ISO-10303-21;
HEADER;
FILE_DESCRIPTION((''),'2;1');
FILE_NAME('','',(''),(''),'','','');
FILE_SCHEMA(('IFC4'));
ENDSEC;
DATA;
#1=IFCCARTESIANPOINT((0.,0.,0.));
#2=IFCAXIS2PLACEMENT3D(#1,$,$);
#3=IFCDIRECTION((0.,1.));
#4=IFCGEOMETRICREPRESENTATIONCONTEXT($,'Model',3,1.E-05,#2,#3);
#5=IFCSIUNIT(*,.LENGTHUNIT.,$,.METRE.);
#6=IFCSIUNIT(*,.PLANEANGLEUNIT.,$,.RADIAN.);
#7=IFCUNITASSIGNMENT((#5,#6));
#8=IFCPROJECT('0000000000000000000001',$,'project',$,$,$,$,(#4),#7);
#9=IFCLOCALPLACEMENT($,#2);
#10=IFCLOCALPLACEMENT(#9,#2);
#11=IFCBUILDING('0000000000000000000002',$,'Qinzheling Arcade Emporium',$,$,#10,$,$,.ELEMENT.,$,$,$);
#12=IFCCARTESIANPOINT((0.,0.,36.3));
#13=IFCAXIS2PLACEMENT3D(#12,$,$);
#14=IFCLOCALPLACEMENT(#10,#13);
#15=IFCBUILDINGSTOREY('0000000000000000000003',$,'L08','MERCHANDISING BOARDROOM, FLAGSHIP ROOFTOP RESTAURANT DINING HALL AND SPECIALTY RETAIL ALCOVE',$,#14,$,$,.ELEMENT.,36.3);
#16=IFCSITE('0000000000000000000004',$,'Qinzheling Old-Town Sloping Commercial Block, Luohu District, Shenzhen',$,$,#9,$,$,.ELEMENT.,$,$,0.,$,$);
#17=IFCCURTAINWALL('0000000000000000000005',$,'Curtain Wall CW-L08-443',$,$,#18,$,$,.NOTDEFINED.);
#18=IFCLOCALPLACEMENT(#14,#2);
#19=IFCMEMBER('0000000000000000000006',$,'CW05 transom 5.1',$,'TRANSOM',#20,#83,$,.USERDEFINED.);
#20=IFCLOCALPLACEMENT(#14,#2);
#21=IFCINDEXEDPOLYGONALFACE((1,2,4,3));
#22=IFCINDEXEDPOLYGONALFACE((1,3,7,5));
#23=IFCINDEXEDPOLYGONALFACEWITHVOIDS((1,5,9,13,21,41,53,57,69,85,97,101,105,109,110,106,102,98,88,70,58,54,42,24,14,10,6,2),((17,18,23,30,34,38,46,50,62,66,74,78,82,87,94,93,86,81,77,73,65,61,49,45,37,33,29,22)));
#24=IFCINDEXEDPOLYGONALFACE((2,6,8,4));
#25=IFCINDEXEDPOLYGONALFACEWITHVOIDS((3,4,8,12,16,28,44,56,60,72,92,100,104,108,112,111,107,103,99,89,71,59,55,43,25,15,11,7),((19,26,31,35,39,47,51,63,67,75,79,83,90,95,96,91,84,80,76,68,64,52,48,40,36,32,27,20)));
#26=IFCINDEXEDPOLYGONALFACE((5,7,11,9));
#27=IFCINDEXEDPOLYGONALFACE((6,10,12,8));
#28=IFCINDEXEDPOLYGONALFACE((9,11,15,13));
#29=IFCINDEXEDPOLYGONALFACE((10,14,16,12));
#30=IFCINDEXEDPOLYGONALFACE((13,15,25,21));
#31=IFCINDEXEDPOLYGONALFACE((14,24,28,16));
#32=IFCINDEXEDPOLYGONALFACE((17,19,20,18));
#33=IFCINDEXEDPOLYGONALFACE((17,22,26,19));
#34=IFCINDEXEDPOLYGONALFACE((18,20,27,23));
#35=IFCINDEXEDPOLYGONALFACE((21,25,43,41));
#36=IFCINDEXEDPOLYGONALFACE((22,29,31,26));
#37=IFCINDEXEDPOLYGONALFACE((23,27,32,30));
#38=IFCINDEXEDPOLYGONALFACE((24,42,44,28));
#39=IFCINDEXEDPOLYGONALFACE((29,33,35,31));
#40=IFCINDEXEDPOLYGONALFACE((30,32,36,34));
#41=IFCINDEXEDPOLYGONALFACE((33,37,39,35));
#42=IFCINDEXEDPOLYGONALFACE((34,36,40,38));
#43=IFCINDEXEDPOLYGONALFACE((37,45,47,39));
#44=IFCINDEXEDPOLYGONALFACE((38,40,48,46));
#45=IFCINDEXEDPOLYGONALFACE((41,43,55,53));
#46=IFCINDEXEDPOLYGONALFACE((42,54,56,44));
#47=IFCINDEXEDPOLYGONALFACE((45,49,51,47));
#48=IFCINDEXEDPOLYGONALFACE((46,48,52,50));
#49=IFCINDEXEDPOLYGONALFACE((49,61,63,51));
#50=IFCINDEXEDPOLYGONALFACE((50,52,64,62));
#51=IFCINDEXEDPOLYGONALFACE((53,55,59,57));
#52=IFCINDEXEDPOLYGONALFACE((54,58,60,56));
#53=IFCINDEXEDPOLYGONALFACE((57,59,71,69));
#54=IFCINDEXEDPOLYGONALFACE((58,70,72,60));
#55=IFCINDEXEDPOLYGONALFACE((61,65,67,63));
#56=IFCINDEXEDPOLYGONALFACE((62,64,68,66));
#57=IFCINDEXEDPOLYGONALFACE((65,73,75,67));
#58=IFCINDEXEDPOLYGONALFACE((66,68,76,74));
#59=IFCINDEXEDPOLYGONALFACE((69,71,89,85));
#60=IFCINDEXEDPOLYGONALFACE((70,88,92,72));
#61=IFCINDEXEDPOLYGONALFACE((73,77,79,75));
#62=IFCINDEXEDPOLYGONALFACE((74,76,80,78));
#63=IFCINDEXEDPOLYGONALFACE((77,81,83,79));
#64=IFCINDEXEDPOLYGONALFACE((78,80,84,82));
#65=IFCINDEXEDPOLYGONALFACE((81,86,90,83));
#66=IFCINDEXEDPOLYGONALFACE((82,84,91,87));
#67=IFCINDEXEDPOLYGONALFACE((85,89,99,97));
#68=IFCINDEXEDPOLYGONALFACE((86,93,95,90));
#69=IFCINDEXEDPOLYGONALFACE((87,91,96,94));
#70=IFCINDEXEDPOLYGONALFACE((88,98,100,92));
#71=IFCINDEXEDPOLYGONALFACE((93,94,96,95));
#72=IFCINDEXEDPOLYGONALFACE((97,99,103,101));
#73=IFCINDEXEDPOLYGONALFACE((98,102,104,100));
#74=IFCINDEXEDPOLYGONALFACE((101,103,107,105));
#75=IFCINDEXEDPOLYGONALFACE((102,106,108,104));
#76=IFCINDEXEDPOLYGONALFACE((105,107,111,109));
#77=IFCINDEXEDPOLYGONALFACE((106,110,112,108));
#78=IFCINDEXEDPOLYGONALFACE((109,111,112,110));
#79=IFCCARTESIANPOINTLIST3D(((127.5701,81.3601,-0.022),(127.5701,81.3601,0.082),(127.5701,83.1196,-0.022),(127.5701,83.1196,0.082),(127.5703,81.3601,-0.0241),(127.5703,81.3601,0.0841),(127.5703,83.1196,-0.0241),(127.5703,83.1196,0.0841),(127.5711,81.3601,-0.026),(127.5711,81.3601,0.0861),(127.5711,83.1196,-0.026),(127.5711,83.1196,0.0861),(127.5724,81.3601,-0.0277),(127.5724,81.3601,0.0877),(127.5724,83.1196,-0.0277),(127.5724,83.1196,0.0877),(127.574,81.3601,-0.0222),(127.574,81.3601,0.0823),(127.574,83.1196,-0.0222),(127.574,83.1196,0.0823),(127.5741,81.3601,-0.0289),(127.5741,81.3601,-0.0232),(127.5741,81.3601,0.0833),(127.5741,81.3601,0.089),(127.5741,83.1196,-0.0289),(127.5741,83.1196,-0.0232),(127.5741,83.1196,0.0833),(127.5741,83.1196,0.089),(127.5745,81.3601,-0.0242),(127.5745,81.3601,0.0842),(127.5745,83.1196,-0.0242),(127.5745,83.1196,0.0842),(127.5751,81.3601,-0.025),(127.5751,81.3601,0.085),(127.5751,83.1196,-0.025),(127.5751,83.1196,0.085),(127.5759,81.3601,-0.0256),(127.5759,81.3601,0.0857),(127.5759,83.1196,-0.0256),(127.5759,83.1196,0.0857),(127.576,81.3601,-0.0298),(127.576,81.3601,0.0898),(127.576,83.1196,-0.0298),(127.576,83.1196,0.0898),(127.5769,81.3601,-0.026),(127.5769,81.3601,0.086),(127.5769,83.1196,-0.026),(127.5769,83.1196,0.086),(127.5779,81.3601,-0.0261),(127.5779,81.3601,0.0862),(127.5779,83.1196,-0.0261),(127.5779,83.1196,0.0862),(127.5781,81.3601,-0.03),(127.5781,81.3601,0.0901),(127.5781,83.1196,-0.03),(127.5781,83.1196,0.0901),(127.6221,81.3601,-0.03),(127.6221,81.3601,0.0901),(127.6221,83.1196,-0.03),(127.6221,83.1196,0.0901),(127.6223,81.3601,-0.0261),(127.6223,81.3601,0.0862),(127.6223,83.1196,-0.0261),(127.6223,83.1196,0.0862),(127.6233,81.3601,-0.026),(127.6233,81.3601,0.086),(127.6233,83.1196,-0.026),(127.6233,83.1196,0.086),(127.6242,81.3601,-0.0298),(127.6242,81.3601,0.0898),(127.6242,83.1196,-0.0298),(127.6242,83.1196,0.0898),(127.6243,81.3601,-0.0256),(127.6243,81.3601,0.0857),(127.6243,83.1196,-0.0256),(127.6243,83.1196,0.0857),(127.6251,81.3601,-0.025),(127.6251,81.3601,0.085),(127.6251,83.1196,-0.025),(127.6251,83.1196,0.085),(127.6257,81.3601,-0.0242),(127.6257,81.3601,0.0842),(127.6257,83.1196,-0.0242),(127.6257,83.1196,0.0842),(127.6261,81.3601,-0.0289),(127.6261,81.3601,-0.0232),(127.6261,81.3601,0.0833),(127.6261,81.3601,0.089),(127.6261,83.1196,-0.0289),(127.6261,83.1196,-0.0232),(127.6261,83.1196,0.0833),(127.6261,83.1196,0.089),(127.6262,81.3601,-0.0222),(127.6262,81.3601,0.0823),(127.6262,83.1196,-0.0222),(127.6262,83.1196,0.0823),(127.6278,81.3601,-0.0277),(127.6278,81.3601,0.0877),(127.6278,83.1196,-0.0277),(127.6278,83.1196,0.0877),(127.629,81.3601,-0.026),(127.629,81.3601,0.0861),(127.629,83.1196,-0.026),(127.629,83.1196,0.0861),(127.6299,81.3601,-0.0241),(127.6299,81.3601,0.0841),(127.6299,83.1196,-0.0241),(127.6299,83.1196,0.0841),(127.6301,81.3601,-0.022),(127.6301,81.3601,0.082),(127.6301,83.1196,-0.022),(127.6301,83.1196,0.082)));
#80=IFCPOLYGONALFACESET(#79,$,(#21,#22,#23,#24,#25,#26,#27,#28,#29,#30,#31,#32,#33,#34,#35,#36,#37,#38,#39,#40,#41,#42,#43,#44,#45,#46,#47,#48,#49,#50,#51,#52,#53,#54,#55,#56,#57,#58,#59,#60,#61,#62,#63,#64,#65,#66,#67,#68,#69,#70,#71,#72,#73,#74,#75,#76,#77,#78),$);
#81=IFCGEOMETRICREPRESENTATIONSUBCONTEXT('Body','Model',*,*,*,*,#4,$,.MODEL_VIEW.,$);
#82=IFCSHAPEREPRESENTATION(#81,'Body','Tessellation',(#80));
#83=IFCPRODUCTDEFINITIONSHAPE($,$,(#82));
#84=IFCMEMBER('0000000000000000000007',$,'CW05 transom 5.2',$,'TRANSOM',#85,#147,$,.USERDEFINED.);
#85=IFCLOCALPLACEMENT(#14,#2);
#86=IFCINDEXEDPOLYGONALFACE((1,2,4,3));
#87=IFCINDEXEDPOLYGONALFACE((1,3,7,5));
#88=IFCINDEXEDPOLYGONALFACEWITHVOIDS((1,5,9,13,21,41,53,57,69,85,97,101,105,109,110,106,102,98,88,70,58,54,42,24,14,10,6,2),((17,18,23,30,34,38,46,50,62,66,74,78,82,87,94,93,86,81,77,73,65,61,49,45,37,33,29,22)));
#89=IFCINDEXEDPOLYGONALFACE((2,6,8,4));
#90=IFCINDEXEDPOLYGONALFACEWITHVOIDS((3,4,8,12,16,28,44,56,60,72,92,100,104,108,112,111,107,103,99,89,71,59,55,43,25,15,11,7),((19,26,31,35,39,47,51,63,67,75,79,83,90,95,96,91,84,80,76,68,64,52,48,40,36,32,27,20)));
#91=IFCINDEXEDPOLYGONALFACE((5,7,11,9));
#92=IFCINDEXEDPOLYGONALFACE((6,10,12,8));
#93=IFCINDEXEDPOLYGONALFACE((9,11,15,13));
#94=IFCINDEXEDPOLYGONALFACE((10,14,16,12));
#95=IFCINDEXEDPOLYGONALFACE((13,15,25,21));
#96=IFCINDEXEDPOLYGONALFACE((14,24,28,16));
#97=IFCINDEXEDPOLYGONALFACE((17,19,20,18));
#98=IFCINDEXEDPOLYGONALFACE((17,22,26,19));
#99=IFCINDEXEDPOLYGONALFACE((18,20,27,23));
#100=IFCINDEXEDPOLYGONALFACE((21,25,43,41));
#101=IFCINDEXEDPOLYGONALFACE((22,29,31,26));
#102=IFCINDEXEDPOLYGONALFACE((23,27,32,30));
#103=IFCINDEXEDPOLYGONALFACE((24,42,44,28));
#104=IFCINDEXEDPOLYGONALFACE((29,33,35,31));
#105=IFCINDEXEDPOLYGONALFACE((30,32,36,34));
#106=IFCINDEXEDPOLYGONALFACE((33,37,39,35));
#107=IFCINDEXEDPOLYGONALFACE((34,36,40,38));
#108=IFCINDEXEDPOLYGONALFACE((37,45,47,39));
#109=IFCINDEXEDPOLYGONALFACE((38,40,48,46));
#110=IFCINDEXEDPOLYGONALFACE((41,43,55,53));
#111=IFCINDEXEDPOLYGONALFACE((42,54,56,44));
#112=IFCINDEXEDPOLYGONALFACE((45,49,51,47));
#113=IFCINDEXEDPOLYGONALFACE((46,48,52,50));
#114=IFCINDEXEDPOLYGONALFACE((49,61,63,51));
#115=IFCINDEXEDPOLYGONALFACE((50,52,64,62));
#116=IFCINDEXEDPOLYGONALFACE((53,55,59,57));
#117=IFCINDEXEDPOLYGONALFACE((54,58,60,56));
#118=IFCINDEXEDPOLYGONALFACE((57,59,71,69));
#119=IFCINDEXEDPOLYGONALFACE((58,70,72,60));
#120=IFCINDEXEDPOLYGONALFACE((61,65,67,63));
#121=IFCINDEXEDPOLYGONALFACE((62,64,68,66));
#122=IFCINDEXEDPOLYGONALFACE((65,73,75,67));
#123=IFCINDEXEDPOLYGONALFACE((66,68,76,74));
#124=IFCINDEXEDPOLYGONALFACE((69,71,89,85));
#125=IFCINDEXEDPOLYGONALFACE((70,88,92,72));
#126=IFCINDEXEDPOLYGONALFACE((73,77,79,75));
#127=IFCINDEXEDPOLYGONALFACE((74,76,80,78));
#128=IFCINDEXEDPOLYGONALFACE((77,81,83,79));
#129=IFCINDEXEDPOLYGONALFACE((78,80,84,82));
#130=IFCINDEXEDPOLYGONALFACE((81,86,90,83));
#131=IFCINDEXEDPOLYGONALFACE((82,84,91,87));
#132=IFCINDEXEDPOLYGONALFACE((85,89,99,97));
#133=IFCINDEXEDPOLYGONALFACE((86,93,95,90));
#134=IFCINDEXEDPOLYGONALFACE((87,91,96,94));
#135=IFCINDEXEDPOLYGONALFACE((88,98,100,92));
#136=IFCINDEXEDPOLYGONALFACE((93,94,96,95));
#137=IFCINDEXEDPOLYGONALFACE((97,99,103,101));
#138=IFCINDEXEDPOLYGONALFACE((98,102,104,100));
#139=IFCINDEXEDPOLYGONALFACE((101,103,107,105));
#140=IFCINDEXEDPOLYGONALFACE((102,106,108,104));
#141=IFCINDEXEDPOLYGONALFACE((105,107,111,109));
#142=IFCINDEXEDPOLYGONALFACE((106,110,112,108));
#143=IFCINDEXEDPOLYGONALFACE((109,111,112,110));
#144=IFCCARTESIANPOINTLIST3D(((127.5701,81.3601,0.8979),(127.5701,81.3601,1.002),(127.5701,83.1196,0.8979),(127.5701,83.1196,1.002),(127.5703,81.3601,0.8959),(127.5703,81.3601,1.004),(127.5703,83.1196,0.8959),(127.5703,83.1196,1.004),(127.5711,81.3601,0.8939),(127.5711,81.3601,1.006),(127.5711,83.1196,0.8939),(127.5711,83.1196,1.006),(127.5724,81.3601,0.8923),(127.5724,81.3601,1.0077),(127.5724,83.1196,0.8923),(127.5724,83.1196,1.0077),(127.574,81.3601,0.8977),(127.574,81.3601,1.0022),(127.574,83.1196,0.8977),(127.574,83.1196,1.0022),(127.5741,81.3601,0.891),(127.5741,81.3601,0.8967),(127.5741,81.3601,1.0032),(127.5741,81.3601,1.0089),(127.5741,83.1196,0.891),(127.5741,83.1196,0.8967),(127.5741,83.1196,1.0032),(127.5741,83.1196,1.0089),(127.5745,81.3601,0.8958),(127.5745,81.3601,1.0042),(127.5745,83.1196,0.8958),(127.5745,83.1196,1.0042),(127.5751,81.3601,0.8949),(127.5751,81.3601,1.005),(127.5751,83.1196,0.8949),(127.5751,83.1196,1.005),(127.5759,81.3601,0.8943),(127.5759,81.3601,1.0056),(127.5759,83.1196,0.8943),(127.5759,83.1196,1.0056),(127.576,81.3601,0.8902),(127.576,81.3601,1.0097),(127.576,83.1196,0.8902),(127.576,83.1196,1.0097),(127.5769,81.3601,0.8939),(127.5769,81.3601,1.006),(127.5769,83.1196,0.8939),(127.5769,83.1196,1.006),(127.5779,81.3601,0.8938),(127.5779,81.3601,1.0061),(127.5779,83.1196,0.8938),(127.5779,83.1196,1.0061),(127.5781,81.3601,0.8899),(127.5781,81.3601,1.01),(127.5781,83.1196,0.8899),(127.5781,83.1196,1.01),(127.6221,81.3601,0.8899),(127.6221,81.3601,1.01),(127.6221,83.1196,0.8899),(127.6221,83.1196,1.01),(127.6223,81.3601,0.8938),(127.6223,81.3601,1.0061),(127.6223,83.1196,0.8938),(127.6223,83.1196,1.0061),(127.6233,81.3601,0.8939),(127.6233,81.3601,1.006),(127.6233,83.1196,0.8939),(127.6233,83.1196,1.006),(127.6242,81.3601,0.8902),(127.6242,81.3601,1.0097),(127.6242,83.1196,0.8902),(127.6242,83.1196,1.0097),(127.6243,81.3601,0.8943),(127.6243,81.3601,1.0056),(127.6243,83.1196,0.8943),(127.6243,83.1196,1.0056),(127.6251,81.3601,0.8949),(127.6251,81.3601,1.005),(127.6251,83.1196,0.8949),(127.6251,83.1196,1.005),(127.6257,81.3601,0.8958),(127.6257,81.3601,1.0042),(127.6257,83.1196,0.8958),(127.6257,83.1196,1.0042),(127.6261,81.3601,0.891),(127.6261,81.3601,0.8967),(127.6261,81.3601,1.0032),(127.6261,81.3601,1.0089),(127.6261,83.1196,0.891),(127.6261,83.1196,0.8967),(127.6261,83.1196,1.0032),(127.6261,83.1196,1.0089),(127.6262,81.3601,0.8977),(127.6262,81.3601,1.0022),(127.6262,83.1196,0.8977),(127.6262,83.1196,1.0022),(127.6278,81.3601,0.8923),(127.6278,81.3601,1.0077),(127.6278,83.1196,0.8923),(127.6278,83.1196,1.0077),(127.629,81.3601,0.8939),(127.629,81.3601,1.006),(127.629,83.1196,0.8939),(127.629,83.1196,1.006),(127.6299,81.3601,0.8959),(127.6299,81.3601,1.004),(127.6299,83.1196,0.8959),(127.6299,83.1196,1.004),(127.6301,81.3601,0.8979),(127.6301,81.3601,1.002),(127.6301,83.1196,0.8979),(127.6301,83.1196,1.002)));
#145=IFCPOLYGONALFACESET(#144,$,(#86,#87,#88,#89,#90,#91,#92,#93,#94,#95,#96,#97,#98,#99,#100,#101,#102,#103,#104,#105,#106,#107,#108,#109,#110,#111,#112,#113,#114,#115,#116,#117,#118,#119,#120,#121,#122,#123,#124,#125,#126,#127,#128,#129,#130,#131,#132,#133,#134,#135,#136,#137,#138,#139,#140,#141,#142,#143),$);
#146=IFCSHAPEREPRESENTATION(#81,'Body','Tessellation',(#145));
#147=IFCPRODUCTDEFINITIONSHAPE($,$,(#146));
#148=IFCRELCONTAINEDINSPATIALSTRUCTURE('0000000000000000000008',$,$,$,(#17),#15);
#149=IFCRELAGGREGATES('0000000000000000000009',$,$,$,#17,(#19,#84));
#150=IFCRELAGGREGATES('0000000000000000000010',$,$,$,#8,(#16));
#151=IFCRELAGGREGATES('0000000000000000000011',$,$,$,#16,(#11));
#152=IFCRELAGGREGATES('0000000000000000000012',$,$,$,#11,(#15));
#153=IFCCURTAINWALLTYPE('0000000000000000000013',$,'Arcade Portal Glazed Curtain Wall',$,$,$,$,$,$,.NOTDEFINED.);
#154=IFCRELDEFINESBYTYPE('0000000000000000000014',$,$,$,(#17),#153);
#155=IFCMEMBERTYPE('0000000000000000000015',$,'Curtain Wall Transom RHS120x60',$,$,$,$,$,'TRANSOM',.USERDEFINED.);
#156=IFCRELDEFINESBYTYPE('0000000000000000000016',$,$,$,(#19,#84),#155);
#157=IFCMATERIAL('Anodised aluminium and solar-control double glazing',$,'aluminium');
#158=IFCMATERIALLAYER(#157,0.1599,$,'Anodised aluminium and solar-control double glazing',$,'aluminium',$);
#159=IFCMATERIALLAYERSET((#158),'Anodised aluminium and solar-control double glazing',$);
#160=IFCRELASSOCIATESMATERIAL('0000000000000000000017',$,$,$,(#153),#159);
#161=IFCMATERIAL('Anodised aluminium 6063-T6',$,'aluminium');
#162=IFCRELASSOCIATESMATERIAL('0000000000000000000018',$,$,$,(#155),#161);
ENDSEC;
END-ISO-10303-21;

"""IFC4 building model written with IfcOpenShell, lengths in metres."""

from ifc_helpers import new_model, si_unit, direction, frame, origin, origin_2d, place, context, subcontext, project, spatial, hollow_rectangle, extrude, material, layer, layer_set, material_profile, profile_set, type_object, element, aggregate, save


model = new_model("IFC4")

# Units and contexts
model_context = context("Model", 3, precision=1e-05, world=origin(), true_north=direction((0.0, 1.0)))
body_context = subcontext(model_context, "Body", "Model", "MODEL_VIEW")
ifc_project = project(units=[si_unit("LENGTHUNIT", "METRE"), si_unit("PLANEANGLEUNIT", "RADIAN")], contexts=[model_context])

# Site, building, storey
site_placement = place(None, origin())
site = spatial("IfcSite", under=ifc_project, at=site_placement, Name="Qinzheling Old-Town Sloping Commercial Block, Luohu District, Shenzhen", CompositionType="ELEMENT", RefElevation=0.0)
building_placement = place(site_placement, origin())
building = spatial("IfcBuilding", under=site, at=building_placement, Name="Qinzheling Arcade Emporium", CompositionType="ELEMENT")
storey_placement = place(building_placement, frame((0.0, 0.0, 36.3)))
storey = spatial("IfcBuildingStorey", under=building, at=storey_placement, Name="L08", Description="MERCHANDISING BOARDROOM, FLAGSHIP ROOFTOP RESTAURANT DINING HALL AND SPECIALTY RETAIL ALCOVE", CompositionType="ELEMENT", Elevation=36.3)

# Curtain wall, members
ifc_material_1 = material(Name="Anodised aluminium and solar-control double glazing", Category="aluminium")
ifc_layer_1 = layer(ifc_material_1, 0.1599, Name="Anodised aluminium and solar-control double glazing", Category="aluminium")
ifc_layer_set_1 = layer_set([ifc_layer_1], Name="Anodised aluminium and solar-control double glazing")
curtain_wall_type = type_object("IfcCurtainWallType", Name="Arcade Portal Glazed Curtain Wall", PredefinedType="NOTDEFINED", material=ifc_layer_set_1)
curtain_wall_placement = place(storey_placement, origin())
curtain_wall = element("IfcCurtainWall", 1, at=curtain_wall_placement, inside=storey, type_object=curtain_wall_type, Name="Curtain Wall CW-L08-443", PredefinedType="NOTDEFINED")
ifc_material_2 = material(Name="Anodised aluminium 6063-T6", Category="aluminium")
ifc_material_profile_1 = material_profile(ifc_material_2, hollow_rectangle(XDim=0.0601, YDim=0.1201, WallThickness=0.0039, InnerFilletRadius=0.0039, OuterFilletRadius=0.0081, at=origin_2d()), Name="RHS 120x60x4", Category="aluminium")
ifc_profile_set_1 = profile_set([ifc_material_profile_1], Name="Anodised aluminium 6063-T6")
member_type_1 = type_object("IfcMemberType", Name="Curtain Wall Transom RHS120x60", ElementType="TRANSOM", PredefinedType="USERDEFINED", material=ifc_profile_set_1)
member_1_placement = place(storey_placement, frame((127.6001, 83.1196, 0.03), z_axis=(0.0, -1.0, 0.0), x_axis=(1.0, 0.0, 0.0)))
member_1 = element("IfcMember", 2, at=member_1_placement, type_object=member_type_1, Name="CW05 transom 5.1", ObjectType="TRANSOM", PredefinedType="USERDEFINED", context=body_context, shape_type="SweptSolid", body=[
    extrude(hollow_rectangle(XDim=0.0601, YDim=0.1201, WallThickness=0.0039, InnerFilletRadius=0.0039, OuterFilletRadius=0.0081, at=origin_2d()), origin(), (0.0, 0.0, 1.0), 1.7595),
])
member_2_placement = place(storey_placement, frame((127.6001, 83.1196, 0.95), z_axis=(0.0, -1.0, 0.0), x_axis=(1.0, 0.0, 0.0)))
member_2 = element("IfcMember", 3, at=member_2_placement, type_object=member_type_1, Name="CW05 transom 5.2", ObjectType="TRANSOM", PredefinedType="USERDEFINED", context=body_context, shape_type="SweptSolid", body=[
    extrude(hollow_rectangle(XDim=0.0601, YDim=0.1201, WallThickness=0.0039, InnerFilletRadius=0.0039, OuterFilletRadius=0.0081, at=origin_2d()), origin(), (0.0, 0.0, 1.0), 1.7595),
])

aggregate(curtain_wall, [member_1, member_2])

save(model, "model.ifc")
